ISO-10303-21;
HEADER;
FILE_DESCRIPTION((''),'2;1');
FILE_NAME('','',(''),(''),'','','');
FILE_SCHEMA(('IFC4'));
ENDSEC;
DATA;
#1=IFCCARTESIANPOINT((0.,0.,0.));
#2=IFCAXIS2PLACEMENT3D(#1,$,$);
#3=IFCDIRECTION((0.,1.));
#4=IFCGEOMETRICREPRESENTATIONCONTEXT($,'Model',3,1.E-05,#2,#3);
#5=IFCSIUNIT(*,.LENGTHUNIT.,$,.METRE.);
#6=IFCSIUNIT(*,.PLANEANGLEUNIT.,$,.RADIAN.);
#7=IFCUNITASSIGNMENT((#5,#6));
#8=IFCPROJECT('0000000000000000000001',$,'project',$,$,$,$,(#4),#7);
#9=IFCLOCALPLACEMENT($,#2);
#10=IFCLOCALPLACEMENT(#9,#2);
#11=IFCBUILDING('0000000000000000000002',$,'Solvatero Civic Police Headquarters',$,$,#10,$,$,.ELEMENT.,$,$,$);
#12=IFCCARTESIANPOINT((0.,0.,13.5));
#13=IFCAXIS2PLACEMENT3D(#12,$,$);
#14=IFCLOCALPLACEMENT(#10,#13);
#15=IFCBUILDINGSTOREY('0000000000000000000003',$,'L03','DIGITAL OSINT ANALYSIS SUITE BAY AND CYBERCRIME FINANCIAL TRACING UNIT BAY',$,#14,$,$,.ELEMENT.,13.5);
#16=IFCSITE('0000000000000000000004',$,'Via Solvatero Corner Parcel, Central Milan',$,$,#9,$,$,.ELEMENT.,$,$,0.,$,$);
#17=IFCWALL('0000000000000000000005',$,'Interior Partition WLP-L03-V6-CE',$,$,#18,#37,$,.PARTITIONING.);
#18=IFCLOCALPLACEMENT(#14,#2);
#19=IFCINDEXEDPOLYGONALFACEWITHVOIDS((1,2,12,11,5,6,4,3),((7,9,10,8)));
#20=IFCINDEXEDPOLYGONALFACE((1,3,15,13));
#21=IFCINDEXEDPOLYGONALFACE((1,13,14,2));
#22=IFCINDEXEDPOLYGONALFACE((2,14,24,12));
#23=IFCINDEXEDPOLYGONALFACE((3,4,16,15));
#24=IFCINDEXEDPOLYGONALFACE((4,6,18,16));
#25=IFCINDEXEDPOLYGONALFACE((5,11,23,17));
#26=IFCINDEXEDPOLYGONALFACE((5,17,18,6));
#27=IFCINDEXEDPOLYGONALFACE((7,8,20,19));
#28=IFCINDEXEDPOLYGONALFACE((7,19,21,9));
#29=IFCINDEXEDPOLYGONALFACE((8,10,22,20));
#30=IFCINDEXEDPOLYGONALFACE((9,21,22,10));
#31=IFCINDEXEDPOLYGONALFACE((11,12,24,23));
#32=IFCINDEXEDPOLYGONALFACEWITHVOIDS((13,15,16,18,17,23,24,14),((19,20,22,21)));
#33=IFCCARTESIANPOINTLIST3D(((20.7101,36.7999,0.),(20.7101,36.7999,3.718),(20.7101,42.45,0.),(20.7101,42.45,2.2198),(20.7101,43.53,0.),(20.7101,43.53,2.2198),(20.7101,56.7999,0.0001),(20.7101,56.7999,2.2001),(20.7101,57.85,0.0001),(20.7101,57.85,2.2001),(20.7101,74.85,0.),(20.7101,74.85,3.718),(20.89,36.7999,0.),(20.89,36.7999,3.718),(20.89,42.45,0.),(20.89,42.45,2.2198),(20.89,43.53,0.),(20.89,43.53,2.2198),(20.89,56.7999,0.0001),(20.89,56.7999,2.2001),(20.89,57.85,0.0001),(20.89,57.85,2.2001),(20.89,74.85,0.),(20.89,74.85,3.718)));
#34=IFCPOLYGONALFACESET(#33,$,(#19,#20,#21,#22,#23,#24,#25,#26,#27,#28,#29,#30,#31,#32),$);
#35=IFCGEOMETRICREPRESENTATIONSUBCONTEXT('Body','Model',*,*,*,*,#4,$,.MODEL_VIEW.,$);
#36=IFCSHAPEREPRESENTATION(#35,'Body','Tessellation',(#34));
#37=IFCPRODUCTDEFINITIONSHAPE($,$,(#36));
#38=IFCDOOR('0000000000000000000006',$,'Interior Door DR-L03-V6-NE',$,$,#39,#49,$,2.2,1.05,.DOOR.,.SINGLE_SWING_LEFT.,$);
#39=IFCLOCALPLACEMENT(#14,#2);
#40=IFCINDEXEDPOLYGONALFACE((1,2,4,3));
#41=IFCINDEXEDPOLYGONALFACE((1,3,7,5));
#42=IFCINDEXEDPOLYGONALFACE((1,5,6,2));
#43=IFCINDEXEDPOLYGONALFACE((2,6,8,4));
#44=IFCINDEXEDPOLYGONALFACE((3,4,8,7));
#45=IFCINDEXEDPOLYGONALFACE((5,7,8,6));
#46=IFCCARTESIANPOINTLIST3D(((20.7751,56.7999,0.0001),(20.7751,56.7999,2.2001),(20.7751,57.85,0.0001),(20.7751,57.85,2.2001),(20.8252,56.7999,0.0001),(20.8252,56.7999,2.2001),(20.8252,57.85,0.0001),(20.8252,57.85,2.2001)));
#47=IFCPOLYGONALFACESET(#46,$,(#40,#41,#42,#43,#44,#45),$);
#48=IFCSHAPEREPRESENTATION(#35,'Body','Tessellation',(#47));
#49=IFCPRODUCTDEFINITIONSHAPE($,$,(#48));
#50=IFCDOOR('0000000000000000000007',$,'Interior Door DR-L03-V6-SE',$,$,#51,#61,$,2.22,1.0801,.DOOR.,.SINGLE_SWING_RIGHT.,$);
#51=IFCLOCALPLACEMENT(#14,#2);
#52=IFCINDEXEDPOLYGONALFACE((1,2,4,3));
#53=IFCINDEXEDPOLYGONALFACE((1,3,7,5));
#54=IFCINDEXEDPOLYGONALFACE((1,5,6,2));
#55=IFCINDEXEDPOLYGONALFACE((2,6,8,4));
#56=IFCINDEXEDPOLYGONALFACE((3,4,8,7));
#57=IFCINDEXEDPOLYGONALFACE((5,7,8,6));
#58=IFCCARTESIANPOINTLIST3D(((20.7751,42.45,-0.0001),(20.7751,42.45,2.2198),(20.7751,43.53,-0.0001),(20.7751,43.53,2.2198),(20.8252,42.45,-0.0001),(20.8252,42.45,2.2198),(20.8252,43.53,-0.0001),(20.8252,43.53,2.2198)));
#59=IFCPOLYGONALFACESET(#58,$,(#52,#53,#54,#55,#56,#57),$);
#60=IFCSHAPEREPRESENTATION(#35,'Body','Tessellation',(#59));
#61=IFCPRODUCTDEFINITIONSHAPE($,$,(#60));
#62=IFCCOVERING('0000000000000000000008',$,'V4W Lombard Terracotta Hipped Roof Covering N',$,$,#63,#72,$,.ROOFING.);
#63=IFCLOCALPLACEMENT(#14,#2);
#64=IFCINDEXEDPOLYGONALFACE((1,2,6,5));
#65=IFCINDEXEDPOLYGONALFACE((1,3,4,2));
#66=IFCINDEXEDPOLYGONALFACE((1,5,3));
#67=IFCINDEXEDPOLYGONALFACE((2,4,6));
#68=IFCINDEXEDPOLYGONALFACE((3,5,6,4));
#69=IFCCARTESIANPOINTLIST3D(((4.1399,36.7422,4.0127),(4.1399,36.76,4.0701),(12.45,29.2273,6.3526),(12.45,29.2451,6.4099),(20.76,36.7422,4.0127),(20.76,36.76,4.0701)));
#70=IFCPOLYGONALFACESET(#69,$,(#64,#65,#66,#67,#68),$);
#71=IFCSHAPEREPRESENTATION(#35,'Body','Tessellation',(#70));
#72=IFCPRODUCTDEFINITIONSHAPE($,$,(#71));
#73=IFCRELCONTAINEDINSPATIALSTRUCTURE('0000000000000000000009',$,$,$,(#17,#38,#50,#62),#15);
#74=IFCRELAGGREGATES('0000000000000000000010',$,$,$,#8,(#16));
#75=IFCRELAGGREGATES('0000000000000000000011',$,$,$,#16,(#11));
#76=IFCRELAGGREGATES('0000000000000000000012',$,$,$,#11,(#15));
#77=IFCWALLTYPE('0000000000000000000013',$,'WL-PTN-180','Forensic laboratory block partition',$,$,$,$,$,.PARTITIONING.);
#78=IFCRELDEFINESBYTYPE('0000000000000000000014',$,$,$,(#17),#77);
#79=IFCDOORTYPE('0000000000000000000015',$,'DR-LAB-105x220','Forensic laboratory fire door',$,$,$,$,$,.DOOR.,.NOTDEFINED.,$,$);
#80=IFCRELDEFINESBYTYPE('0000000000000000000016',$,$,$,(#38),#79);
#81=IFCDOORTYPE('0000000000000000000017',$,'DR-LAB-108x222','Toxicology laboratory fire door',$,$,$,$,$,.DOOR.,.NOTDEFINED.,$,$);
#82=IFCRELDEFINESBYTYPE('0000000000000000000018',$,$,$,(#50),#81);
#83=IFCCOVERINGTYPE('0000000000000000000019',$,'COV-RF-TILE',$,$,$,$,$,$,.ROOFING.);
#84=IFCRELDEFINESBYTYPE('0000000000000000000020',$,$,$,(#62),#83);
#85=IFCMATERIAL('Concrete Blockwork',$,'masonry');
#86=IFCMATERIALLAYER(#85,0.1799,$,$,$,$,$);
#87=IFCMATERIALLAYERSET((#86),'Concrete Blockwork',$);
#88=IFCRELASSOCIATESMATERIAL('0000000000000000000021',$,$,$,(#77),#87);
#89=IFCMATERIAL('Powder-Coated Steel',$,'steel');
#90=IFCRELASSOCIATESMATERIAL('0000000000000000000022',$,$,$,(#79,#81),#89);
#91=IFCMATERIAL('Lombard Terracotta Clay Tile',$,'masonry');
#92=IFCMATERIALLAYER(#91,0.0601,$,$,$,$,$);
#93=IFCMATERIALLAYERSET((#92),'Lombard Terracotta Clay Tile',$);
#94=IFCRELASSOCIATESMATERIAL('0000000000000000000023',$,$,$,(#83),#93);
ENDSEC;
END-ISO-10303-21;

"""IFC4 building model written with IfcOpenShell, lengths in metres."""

from ifc_helpers import new_model, si_unit, direction, frame, frame_2d, origin, place, context, subcontext, project, spatial, polyline, rectangle, outline, extrude, material, layer, layer_set, type_object, element, fill, save


model = new_model("IFC4")

# Units and contexts
model_context = context("Model", 3, precision=1e-05, world=origin(), true_north=direction((0.0, 1.0)))
body_context = subcontext(model_context, "Body", "Model", "MODEL_VIEW")
ifc_project = project(units=[si_unit("LENGTHUNIT", "METRE"), si_unit("PLANEANGLEUNIT", "RADIAN")], contexts=[model_context])

# Site, building, storey
site_placement = place(None, origin())
site = spatial("IfcSite", under=ifc_project, at=site_placement, Name="Via Solvatero Corner Parcel, Central Milan", CompositionType="ELEMENT", RefElevation=0.0)
building_placement = place(site_placement, origin())
building = spatial("IfcBuilding", under=site, at=building_placement, Name="Solvatero Civic Police Headquarters", CompositionType="ELEMENT")
storey_placement = place(building_placement, frame((0.0, 0.0, 13.5)))
storey = spatial("IfcBuildingStorey", under=building, at=storey_placement, Name="L03", Description="DIGITAL OSINT ANALYSIS SUITE BAY AND CYBERCRIME FINANCIAL TRACING UNIT BAY", CompositionType="ELEMENT", Elevation=13.5)

# Shared definitions
ifc_material_1 = material(Name="Concrete Blockwork", Category="masonry")

# Wall, openings, doors
ifc_layer_1 = layer(ifc_material_1, 0.1799)
ifc_layer_set_1 = layer_set([ifc_layer_1], Name="Concrete Blockwork")
wall_type_1 = type_object("IfcWallType", Name="WL-PTN-180", Description="Forensic laboratory block partition", PredefinedType="PARTITIONING", material=ifc_layer_set_1)
ifc_material_2 = material(Name="Powder-Coated Steel", Category="steel")
door_type_1 = type_object("IfcDoorType", Name="DR-LAB-105x220", Description="Forensic laboratory fire door", OperationType="NOTDEFINED", PredefinedType="DOOR", material=ifc_material_2)
wall_1_placement = place(storey_placement, frame((20.8, 36.8, 0.0), z_axis=(0.0, 0.0, 1.0), x_axis=(0.0, 1.0, 0.0)))
wall_1 = element("IfcWall", 1, at=wall_1_placement, inside=storey, type_object=wall_type_1, Name="Interior Partition WLP-L03-V6-CE", PredefinedType="PARTITIONING", context=body_context, shape_type="SweptSolid", body=[
    extrude(rectangle(XDim=38.05, YDim=0.1799, at=frame_2d((19.0249, 0.0))), origin(), (0.0, 0.0, 1.0), 3.718),
])
opening_1_placement = place(wall_1_placement, frame((5.6499, 0.0, 0.0)))
opening_1 = element("IfcOpeningElement", 2, at=opening_1_placement, cuts=wall_1, PredefinedType="OPENING", context=body_context, shape_type="SweptSolid", body=[
    extrude(rectangle(XDim=1.0801, YDim=2.22, at=frame_2d((0.54, 1.1099))), frame((0.0, 0.0999, 0.0), z_axis=(0.0, -1.0, 0.0), x_axis=(1.0, 0.0, 0.0)), (0.0, 0.0, 1.0), 0.2),
])
opening_2_placement = place(wall_1_placement, frame((20.0, 0.0, 0.0)))
opening_2 = element("IfcOpeningElement", 3, at=opening_2_placement, cuts=wall_1, PredefinedType="OPENING", context=body_context, shape_type="SweptSolid", body=[
    extrude(rectangle(XDim=1.05, YDim=2.2, at=frame_2d((0.5249, 1.1001))), frame((0.0, 0.0999, 0.0), z_axis=(0.0, -1.0, 0.0), x_axis=(1.0, 0.0, 0.0)), (0.0, 0.0, 1.0), 0.2),
])
door_1_placement = place(opening_2_placement, origin())
door_1 = element("IfcDoor", 4, at=door_1_placement, inside=storey, type_object=door_type_1, Name="Interior Door DR-L03-V6-NE", OperationType="SINGLE_SWING_LEFT", OverallHeight=2.2, OverallWidth=1.05, PredefinedType="DOOR", context=body_context, shape_type="SweptSolid", body=[
    extrude(rectangle(XDim=1.05, YDim=2.2, at=frame_2d((0.5249, 1.1001))), frame((0.0, 0.0249, 0.0), z_axis=(0.0, -1.0, 0.0), x_axis=(1.0, 0.0, 0.0)), (0.0, 0.0, 1.0), 0.05),
])
fill(opening_2, door_1)
door_type_2 = type_object("IfcDoorType", Name="DR-LAB-108x222", Description="Toxicology laboratory fire door", OperationType="NOTDEFINED", PredefinedType="DOOR", material=ifc_material_2)
door_2_placement = place(opening_1_placement, origin())
door_2 = element("IfcDoor", 5, at=door_2_placement, inside=storey, type_object=door_type_2, Name="Interior Door DR-L03-V6-SE", OperationType="SINGLE_SWING_RIGHT", OverallHeight=2.22, OverallWidth=1.0801, PredefinedType="DOOR", context=body_context, shape_type="SweptSolid", body=[
    extrude(rectangle(XDim=1.0801, YDim=2.22, at=frame_2d((0.54, 1.1099))), frame((0.0, 0.0249, 0.0), z_axis=(0.0, -1.0, 0.0), x_axis=(1.0, 0.0, 0.0)), (0.0, 0.0, 1.0), 0.05),
])
fill(opening_1, door_2)

# Covering
ifc_material_3 = material(Name="Lombard Terracotta Clay Tile", Category="masonry")
ifc_layer_2 = layer(ifc_material_3, 0.0601)
ifc_layer_set_2 = layer_set([ifc_layer_2], Name="Lombard Terracotta Clay Tile")
covering_type = type_object("IfcCoveringType", Name="COV-RF-TILE", PredefinedType="ROOFING", material=ifc_layer_set_2)
covering_placement = place(storey_placement, frame((20.76, 36.76, 4.0701), z_axis=(0.0, 0.297284, 0.954789), x_axis=(-1.0, 0.0, 0.0)))
element("IfcCovering", 6, at=covering_placement, inside=storey, type_object=covering_type, Name="V4W Lombard Terracotta Hipped Roof Covering N", PredefinedType="ROOFING", context=body_context, shape_type="SweptSolid", body=[
    extrude(outline(polyline([(0.0, 0.0), (16.6201, 0.0), (8.3101, 7.8707), (0.0, 0.0)])), origin(), (0.0, 0.0, -1.0), 0.0601),
])

save(model, "model.ifc")
